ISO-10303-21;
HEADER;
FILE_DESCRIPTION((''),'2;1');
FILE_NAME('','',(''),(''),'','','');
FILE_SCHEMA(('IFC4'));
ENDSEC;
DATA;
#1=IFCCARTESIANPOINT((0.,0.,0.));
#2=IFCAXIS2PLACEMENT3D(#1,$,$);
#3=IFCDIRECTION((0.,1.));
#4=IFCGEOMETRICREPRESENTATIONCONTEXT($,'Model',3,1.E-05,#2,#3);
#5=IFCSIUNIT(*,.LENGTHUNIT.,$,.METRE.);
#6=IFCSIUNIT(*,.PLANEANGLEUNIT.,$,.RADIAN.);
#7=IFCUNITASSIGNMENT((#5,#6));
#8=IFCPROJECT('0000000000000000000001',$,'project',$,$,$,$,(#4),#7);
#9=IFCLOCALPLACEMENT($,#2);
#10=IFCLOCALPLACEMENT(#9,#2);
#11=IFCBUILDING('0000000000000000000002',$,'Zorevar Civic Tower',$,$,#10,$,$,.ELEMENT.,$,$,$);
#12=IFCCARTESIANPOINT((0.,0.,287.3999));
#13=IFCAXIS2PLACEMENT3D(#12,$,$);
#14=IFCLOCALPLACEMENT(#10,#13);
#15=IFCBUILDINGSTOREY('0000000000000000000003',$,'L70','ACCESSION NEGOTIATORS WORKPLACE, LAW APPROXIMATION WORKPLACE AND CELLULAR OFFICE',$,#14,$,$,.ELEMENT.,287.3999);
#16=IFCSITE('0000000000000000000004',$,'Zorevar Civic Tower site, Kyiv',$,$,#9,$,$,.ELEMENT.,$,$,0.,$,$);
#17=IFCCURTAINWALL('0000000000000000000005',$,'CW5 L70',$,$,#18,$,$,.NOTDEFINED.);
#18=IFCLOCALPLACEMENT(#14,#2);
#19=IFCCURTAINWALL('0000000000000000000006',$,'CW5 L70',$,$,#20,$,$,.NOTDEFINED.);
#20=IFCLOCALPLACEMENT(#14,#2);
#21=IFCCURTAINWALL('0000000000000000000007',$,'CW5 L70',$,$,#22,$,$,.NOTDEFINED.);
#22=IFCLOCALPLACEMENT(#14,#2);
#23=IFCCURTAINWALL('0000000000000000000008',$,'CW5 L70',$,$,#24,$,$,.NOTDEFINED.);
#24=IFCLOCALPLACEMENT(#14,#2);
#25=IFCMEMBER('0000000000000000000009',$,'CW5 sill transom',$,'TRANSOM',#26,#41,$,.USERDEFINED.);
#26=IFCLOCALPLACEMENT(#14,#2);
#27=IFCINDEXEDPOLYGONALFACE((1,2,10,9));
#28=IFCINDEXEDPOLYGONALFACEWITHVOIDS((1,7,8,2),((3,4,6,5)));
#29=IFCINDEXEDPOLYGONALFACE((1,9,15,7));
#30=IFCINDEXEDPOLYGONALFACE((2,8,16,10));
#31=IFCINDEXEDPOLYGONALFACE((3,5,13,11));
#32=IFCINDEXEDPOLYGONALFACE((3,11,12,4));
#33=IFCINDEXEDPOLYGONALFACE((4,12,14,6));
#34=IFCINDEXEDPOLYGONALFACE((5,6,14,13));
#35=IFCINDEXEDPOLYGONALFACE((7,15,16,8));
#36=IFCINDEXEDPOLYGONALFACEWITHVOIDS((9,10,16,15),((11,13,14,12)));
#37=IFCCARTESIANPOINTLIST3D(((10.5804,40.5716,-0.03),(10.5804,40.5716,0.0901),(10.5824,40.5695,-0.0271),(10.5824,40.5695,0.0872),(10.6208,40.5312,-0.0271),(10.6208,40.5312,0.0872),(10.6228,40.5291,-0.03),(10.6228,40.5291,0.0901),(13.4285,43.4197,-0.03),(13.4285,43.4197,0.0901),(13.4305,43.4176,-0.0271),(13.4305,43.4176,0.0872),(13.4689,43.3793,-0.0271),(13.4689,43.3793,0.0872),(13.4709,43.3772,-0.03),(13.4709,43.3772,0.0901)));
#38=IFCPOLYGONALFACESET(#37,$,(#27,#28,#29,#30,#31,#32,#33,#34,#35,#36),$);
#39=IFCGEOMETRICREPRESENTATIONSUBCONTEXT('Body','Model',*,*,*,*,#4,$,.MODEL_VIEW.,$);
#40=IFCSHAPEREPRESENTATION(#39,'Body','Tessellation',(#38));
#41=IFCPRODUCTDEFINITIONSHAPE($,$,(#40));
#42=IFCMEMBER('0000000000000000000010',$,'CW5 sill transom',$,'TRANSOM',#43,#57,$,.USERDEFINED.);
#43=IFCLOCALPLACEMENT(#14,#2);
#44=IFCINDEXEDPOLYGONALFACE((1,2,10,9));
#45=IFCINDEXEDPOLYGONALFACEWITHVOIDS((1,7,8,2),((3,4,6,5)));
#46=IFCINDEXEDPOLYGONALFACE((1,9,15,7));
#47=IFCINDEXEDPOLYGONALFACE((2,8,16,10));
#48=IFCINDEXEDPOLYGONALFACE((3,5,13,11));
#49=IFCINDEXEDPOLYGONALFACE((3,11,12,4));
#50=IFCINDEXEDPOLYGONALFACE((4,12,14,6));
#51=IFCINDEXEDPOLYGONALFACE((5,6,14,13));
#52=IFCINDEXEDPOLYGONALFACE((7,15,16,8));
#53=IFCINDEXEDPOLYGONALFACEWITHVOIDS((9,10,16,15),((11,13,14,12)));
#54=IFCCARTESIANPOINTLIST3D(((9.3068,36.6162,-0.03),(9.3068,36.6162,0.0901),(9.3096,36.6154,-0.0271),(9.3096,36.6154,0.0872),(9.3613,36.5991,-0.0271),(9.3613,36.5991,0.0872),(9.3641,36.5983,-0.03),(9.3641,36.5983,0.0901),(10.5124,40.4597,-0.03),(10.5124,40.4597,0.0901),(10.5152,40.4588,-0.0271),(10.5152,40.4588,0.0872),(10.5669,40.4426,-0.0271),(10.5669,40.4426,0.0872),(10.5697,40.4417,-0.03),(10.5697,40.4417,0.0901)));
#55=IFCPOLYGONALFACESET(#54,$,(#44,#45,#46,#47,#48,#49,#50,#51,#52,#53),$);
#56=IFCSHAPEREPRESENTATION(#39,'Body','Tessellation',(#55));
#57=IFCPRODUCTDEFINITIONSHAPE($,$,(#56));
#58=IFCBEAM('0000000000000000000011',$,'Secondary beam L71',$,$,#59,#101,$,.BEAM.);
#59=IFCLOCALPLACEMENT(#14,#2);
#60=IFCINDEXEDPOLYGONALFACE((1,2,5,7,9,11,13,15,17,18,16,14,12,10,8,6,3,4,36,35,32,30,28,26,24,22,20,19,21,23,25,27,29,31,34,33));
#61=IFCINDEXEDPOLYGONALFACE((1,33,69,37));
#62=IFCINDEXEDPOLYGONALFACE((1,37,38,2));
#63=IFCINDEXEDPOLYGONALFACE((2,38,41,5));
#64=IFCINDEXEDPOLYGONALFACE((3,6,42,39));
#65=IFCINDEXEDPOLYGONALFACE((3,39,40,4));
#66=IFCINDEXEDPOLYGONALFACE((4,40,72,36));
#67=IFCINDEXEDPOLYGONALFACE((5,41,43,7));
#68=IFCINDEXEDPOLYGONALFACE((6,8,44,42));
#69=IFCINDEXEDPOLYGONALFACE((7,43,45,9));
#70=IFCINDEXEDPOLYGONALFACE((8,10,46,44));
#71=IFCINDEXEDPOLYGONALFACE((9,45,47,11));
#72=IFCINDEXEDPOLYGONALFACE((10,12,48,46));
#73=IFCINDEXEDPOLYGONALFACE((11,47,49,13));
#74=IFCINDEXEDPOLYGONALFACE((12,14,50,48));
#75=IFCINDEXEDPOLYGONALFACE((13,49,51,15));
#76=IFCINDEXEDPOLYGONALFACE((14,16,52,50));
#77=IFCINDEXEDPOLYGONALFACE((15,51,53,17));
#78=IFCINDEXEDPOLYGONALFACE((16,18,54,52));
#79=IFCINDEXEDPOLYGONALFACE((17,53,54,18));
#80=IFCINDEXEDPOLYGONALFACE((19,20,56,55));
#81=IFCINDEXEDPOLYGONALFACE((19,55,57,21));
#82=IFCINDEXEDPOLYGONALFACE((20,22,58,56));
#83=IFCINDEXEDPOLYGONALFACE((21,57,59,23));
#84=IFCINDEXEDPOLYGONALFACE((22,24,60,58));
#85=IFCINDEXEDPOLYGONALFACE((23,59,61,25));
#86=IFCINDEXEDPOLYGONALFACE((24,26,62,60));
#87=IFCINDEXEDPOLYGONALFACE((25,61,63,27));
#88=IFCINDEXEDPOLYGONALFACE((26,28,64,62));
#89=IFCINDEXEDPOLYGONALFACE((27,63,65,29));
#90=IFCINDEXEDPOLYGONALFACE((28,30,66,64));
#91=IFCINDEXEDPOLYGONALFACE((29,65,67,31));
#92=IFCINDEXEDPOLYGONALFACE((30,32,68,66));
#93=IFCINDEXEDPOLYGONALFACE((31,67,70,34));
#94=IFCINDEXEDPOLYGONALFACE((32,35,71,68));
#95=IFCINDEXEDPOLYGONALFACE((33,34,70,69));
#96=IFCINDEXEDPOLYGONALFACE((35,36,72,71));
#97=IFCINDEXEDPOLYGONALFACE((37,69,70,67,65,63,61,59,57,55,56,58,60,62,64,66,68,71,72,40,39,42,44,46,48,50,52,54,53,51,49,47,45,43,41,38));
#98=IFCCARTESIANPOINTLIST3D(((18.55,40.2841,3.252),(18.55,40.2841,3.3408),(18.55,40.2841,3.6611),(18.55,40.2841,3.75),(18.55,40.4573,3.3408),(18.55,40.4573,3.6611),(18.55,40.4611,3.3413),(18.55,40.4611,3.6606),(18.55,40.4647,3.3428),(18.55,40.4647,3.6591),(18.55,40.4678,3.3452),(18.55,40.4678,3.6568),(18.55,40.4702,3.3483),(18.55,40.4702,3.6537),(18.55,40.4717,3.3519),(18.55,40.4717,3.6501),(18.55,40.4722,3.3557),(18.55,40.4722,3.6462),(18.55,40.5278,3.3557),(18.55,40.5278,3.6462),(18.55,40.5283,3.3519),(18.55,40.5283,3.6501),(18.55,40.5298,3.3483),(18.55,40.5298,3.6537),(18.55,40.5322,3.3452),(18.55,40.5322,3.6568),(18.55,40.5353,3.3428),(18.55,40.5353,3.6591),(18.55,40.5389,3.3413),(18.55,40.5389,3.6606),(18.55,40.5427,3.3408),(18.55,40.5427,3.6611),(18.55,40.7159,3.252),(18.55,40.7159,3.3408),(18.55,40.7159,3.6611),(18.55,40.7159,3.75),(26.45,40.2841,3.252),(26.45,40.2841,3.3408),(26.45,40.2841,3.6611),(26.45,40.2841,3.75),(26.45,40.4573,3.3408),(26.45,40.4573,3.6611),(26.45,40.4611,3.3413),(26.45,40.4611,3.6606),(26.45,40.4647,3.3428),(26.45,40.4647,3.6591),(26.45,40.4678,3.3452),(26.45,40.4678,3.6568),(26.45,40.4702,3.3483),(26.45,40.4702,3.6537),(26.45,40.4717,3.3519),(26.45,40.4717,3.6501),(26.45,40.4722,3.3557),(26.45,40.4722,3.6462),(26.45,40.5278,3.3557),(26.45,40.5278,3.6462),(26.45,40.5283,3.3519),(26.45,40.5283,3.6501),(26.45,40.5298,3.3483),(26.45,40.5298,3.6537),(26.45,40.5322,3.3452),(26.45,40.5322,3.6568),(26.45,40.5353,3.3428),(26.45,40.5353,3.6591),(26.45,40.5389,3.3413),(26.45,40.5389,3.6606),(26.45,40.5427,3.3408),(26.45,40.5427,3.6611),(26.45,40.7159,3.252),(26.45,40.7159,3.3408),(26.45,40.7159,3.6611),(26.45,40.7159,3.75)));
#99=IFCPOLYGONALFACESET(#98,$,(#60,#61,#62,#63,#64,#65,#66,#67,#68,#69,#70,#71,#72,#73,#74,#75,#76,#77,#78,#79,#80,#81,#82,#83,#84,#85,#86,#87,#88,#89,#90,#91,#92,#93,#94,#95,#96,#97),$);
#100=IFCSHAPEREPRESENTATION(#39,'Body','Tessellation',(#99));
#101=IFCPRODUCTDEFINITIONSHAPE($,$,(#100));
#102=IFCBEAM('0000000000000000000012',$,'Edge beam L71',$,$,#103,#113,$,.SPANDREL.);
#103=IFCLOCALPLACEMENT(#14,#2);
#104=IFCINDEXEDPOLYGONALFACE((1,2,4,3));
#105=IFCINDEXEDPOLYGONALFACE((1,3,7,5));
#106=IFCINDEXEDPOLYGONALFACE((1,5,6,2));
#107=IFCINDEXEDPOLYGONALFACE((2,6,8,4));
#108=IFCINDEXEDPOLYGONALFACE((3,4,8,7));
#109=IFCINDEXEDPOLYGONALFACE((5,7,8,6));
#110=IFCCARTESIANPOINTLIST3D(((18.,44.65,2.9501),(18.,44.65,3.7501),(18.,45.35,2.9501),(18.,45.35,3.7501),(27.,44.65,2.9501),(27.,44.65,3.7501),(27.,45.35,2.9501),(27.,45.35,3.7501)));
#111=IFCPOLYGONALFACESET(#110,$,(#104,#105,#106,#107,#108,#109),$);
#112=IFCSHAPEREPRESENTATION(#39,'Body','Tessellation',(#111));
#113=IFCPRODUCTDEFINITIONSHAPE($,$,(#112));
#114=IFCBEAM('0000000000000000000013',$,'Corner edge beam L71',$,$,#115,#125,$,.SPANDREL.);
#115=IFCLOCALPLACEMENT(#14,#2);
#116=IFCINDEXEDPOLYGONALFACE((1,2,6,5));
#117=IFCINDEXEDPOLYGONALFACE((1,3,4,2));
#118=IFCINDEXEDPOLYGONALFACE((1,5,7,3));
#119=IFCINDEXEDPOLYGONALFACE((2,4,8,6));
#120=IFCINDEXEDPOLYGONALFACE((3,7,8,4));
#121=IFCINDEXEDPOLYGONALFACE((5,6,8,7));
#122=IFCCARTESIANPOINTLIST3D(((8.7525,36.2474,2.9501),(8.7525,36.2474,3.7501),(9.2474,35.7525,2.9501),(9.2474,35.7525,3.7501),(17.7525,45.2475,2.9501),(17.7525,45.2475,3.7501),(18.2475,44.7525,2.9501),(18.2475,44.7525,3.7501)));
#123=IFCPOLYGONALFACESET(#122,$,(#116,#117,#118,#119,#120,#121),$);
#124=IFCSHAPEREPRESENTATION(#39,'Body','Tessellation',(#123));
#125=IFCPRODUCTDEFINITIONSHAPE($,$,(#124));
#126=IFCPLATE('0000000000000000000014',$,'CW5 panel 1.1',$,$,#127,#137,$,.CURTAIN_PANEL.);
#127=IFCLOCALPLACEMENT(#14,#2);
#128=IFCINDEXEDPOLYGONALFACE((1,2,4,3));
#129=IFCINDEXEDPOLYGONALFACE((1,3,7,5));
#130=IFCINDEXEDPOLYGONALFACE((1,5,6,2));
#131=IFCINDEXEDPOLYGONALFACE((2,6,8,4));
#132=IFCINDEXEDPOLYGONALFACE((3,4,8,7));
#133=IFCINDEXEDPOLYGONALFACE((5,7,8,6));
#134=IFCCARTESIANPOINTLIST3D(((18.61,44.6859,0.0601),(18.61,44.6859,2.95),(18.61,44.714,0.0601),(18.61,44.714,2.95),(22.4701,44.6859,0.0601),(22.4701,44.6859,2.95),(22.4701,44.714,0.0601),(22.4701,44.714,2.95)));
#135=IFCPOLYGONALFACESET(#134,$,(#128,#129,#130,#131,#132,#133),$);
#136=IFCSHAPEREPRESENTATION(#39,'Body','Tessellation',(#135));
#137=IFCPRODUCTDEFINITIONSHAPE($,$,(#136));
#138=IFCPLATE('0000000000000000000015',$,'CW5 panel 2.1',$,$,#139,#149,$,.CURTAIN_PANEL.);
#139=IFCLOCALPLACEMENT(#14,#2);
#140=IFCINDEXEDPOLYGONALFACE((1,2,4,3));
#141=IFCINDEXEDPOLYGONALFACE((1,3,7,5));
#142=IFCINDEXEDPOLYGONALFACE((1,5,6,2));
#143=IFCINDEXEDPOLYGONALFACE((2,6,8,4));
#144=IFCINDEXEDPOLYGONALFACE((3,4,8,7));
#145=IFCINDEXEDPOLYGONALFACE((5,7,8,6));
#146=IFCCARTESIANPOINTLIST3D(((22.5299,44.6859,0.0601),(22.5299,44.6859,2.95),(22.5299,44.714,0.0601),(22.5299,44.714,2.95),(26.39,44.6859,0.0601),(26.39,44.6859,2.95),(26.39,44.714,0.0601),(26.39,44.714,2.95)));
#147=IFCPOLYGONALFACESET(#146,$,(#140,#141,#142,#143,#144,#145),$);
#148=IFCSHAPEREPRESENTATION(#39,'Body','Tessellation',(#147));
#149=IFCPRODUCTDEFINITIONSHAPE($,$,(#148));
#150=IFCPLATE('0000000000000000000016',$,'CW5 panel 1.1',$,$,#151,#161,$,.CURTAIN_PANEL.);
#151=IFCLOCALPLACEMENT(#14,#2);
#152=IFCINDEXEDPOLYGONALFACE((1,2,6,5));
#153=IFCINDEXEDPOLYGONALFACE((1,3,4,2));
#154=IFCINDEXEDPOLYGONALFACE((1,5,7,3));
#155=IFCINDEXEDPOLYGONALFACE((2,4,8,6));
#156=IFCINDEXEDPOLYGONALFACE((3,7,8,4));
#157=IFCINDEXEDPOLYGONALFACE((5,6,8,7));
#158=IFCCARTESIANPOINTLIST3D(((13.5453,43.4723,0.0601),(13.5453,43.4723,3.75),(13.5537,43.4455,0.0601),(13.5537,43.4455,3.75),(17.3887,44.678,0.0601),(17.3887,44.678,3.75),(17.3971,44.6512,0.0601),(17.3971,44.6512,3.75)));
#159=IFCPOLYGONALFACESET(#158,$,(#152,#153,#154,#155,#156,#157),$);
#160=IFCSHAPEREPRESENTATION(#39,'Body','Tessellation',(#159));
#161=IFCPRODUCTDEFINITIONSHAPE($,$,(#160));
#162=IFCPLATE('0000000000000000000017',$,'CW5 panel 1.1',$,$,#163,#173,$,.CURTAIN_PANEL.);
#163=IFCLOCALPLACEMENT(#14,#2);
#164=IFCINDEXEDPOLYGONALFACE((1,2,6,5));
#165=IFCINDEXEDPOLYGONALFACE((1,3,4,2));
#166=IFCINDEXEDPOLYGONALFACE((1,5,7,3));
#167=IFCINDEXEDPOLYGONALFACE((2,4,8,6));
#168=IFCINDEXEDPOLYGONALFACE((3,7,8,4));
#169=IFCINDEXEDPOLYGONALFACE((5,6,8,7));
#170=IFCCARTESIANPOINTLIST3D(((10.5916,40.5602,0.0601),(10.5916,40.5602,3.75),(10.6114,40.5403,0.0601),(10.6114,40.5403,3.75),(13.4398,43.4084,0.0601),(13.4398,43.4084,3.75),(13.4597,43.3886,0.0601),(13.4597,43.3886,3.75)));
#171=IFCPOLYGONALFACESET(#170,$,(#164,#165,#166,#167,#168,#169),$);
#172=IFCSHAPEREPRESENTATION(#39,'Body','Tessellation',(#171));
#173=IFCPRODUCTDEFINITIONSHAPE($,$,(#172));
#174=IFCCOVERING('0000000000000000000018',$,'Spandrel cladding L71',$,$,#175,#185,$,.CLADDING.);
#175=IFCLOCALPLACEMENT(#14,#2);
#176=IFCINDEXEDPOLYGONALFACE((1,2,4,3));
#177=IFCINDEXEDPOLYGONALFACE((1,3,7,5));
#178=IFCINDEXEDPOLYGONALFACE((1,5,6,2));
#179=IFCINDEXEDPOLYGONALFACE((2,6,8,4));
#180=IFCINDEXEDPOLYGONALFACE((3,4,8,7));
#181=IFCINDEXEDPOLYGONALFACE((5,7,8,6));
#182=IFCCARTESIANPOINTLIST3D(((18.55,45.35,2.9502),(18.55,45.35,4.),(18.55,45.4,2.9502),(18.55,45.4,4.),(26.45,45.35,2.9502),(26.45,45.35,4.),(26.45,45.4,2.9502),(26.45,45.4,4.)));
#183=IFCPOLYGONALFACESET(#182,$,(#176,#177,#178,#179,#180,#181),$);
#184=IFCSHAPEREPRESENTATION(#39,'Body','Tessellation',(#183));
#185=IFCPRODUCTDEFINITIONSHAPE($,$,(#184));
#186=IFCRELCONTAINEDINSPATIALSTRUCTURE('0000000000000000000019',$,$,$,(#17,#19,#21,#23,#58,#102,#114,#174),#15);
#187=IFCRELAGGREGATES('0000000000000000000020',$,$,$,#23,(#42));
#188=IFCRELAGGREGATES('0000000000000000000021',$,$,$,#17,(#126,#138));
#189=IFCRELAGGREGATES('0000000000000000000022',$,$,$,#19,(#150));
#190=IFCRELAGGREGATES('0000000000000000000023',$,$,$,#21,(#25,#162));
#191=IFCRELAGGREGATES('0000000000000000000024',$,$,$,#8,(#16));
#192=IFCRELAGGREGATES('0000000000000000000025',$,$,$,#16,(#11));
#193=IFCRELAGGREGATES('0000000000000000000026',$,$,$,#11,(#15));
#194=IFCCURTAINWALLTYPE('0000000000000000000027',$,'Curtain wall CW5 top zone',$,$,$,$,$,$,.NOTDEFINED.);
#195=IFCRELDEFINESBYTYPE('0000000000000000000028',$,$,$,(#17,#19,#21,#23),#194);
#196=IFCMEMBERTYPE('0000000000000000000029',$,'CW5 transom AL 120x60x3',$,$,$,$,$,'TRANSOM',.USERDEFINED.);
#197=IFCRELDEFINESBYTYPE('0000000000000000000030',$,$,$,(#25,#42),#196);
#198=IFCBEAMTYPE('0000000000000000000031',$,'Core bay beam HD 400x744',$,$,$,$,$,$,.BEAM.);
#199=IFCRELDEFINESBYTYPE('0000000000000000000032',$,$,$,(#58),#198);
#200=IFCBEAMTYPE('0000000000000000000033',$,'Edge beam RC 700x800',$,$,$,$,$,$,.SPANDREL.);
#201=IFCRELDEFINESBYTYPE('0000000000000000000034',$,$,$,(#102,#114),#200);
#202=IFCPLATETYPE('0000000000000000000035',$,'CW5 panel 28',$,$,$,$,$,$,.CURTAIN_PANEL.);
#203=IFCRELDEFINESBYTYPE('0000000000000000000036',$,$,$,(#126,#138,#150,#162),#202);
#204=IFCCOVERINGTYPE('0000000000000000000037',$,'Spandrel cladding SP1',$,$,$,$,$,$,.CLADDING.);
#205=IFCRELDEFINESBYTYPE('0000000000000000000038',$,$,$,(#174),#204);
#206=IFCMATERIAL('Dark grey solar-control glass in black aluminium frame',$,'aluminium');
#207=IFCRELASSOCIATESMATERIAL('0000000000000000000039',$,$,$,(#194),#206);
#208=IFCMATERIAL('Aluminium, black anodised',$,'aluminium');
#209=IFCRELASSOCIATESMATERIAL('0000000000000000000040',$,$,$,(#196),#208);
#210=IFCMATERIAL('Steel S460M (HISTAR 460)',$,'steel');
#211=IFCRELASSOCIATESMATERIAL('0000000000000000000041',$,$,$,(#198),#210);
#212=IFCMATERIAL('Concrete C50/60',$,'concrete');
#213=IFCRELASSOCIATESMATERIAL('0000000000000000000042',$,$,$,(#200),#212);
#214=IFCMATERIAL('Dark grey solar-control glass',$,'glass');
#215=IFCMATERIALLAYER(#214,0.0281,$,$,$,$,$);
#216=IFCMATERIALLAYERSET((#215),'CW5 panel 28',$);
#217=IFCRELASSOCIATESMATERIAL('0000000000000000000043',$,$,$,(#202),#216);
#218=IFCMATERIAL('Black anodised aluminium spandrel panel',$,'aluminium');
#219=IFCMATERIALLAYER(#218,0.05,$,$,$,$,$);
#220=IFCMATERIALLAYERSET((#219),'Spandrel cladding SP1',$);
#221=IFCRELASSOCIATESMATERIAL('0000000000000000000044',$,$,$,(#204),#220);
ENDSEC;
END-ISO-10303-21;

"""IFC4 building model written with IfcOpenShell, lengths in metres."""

from ifc_helpers import new_model, si_unit, direction, frame, frame_2d, origin, origin_2d, place, context, subcontext, project, spatial, rectangle, hollow_rectangle, i_section, extrude, material, layer, layer_set, material_profile, profile_set, type_object, element, aggregate, save


model = new_model("IFC4")

# Units and contexts
model_context = context("Model", 3, precision=1e-05, world=origin(), true_north=direction((0.0, 1.0)))
body_context = subcontext(model_context, "Body", "Model", "MODEL_VIEW")
ifc_project = project(units=[si_unit("LENGTHUNIT", "METRE"), si_unit("PLANEANGLEUNIT", "RADIAN")], contexts=[model_context])

# Site, building, storey
site_placement = place(None, origin())
site = spatial("IfcSite", under=ifc_project, at=site_placement, Name="Zorevar Civic Tower site, Kyiv", CompositionType="ELEMENT", RefElevation=0.0)
building_placement = place(site_placement, origin())
building = spatial("IfcBuilding", under=site, at=building_placement, Name="Zorevar Civic Tower", CompositionType="ELEMENT")
storey_placement = place(building_placement, frame((0.0, 0.0, 287.3999)))
storey = spatial("IfcBuildingStorey", under=building, at=storey_placement, Name="L70", Description="ACCESSION NEGOTIATORS WORKPLACE, LAW APPROXIMATION WORKPLACE AND CELLULAR OFFICE", CompositionType="ELEMENT", Elevation=287.3999)

# Curtain walls
ifc_material_1 = material(Name="Dark grey solar-control glass in black aluminium frame", Category="aluminium")
curtain_wall_type = type_object("IfcCurtainWallType", Name="Curtain wall CW5 top zone", PredefinedType="NOTDEFINED", material=ifc_material_1)
curtain_wall_1_placement = place(storey_placement, origin())
curtain_wall_1 = element("IfcCurtainWall", 1, at=curtain_wall_1_placement, inside=storey, type_object=curtain_wall_type, Name="CW5 L70", PredefinedType="NOTDEFINED")
curtain_wall_2_placement = place(storey_placement, origin())
curtain_wall_2 = element("IfcCurtainWall", 2, at=curtain_wall_2_placement, inside=storey, type_object=curtain_wall_type, Name="CW5 L70", PredefinedType="NOTDEFINED")
curtain_wall_3_placement = place(storey_placement, origin())
curtain_wall_3 = element("IfcCurtainWall", 3, at=curtain_wall_3_placement, inside=storey, type_object=curtain_wall_type, Name="CW5 L70", PredefinedType="NOTDEFINED")

# Curtain wall
curtain_wall_4_placement = place(storey_placement, origin())
curtain_wall_4 = element("IfcCurtainWall", 4, at=curtain_wall_4_placement, inside=storey, type_object=curtain_wall_type, Name="CW5 L70", PredefinedType="NOTDEFINED")

# Members
ifc_material_2 = material(Name="Aluminium, black anodised", Category="aluminium")
ifc_material_profile_1 = material_profile(ifc_material_2, hollow_rectangle(XDim=0.0601, YDim=0.1201, WallThickness=0.0029, at=origin_2d()), Name="AL 120x60x3")
ifc_profile_set_1 = profile_set([ifc_material_profile_1], Name="Aluminium, black anodised")
member_type_1 = type_object("IfcMemberType", Name="CW5 transom AL 120x60x3", ElementType="TRANSOM", PredefinedType="USERDEFINED", material=ifc_profile_set_1)
member_1_placement = place(storey_placement, frame((13.4497, 43.3984, 0.03), z_axis=(-0.707107, -0.707107, 0.0), x_axis=(0.707107, -0.707107, 0.0)))
member_1 = element("IfcMember", 5, at=member_1_placement, type_object=member_type_1, Name="CW5 sill transom", ObjectType="TRANSOM", PredefinedType="USERDEFINED", context=body_context, shape_type="SweptSolid", body=[
    extrude(hollow_rectangle(XDim=0.0601, YDim=0.1201, WallThickness=0.0029, at=origin_2d()), origin(), (0.0, 0.0, 1.0), 4.0278),
])
member_2_placement = place(storey_placement, frame((10.541, 40.4507, 0.03), z_axis=(-0.299286, -0.954163, 0.0), x_axis=(0.954163, -0.299286, 0.0)))
member_2 = element("IfcMember", 6, at=member_2_placement, type_object=member_type_1, Name="CW5 sill transom", ObjectType="TRANSOM", PredefinedType="USERDEFINED", context=body_context, shape_type="SweptSolid", body=[
    extrude(hollow_rectangle(XDim=0.0601, YDim=0.1201, WallThickness=0.0029, at=origin_2d()), origin(), (0.0, 0.0, 1.0), 4.0281),
])
aggregate(curtain_wall_4, [member_2])

# Beams
ifc_material_3 = material(Name="Steel S460M (HISTAR 460)", Category="steel")
ifc_material_profile_2 = material_profile(ifc_material_3, i_section(OverallWidth=0.4319, OverallDepth=0.498, WebThickness=0.0557, FlangeThickness=0.0889, FilletRadius=0.0149, at=origin_2d()), Name="HD 400x744")
ifc_profile_set_2 = profile_set([ifc_material_profile_2], Name="Steel S460M (HISTAR 460)")
beam_type_1 = type_object("IfcBeamType", Name="Core bay beam HD 400x744", PredefinedType="BEAM", material=ifc_profile_set_2)
beam_1_placement = place(storey_placement, frame((18.55, 40.5, 3.501), z_axis=(1.0, 0.0, 0.0), x_axis=(0.0, 1.0, 0.0)))
element("IfcBeam", 7, at=beam_1_placement, inside=storey, type_object=beam_type_1, Name="Secondary beam L71", PredefinedType="BEAM", context=body_context, shape_type="SweptSolid", body=[
    extrude(i_section(OverallWidth=0.4319, OverallDepth=0.498, WebThickness=0.0557, FlangeThickness=0.0889, FilletRadius=0.0149, at=origin_2d()), origin(), (0.0, 0.0, 1.0), 7.8999),
])
ifc_material_4 = material(Name="Concrete C50/60", Category="concrete")
ifc_material_profile_3 = material_profile(ifc_material_4, rectangle(XDim=0.7, YDim=0.8, at=origin_2d()), Name="RC 700x800")
ifc_profile_set_3 = profile_set([ifc_material_profile_3], Name="Concrete C50/60")
beam_type_2 = type_object("IfcBeamType", Name="Edge beam RC 700x800", PredefinedType="SPANDREL", material=ifc_profile_set_3)
beam_2_placement = place(storey_placement, frame((18.0, 45.0, 3.3501), z_axis=(1.0, 0.0, 0.0), x_axis=(0.0, 1.0, 0.0)))
element("IfcBeam", 8, at=beam_2_placement, inside=storey, type_object=beam_type_2, Name="Edge beam L71", PredefinedType="SPANDREL", context=body_context, shape_type="SweptSolid", body=[
    extrude(rectangle(XDim=0.7, YDim=0.8, at=origin_2d()), origin(), (0.0, 0.0, 1.0), 9.0),
])
beam_3_placement = place(storey_placement, frame((18.0, 45.0, 3.3501), z_axis=(-0.707107, -0.707107, 0.0), x_axis=(0.707107, -0.707107, 0.0)))
element("IfcBeam", 9, at=beam_3_placement, inside=storey, type_object=beam_type_2, Name="Corner edge beam L71", PredefinedType="SPANDREL", context=body_context, shape_type="SweptSolid", body=[
    extrude(rectangle(XDim=0.7, YDim=0.8, at=origin_2d()), origin(), (0.0, 0.0, 1.0), 12.728),
])

# Plates
ifc_material_5 = material(Name="Dark grey solar-control glass", Category="glass")
ifc_layer_1 = layer(ifc_material_5, 0.0281)
ifc_layer_set_1 = layer_set([ifc_layer_1], Name="CW5 panel 28")
plate_type = type_object("IfcPlateType", Name="CW5 panel 28", PredefinedType="CURTAIN_PANEL", material=ifc_layer_set_1)
plate_1_placement = place(storey_placement, frame((20.54, 44.7, 0.0601), z_axis=(0.0, 0.0, 1.0), x_axis=(1.0, 0.0, 0.0)))
plate_1 = element("IfcPlate", 10, at=plate_1_placement, type_object=plate_type, Name="CW5 panel 1.1", PredefinedType="CURTAIN_PANEL", context=body_context, shape_type="SweptSolid", body=[
    extrude(rectangle(XDim=3.8601, YDim=0.0281, at=origin_2d()), origin(), (0.0, 0.0, 1.0), 2.8899),
])
plate_2_placement = place(storey_placement, frame((24.46, 44.7, 0.0601), z_axis=(0.0, 0.0, 1.0), x_axis=(1.0, 0.0, 0.0)))
plate_2 = element("IfcPlate", 11, at=plate_2_placement, type_object=plate_type, Name="CW5 panel 2.1", PredefinedType="CURTAIN_PANEL", context=body_context, shape_type="SweptSolid", body=[
    extrude(rectangle(XDim=3.8601, YDim=0.0281, at=origin_2d()), origin(), (0.0, 0.0, 1.0), 2.8899),
])
aggregate(curtain_wall_1, [plate_1, plate_2])
plate_3_placement = place(storey_placement, frame((15.4712, 44.0618, 0.0601), z_axis=(0.0, 0.0, 1.0), x_axis=(-0.954153, -0.299318, 0.0)))
plate_3 = element("IfcPlate", 12, at=plate_3_placement, type_object=plate_type, Name="CW5 panel 1.1", PredefinedType="CURTAIN_PANEL", context=body_context, shape_type="SweptSolid", body=[
    extrude(rectangle(XDim=4.0281, YDim=0.0281, at=origin_2d()), origin(), (0.0, 0.0, 1.0), 3.6899),
])
aggregate(curtain_wall_2, [plate_3])
plate_4_placement = place(storey_placement, frame((12.0256, 41.9744, 0.0601), z_axis=(0.0, 0.0, 1.0), x_axis=(-0.707107, -0.707107, 0.0)))
plate_4 = element("IfcPlate", 13, at=plate_4_placement, type_object=plate_type, Name="CW5 panel 1.1", PredefinedType="CURTAIN_PANEL", context=body_context, shape_type="SweptSolid", body=[
    extrude(rectangle(XDim=4.0281, YDim=0.0281, at=origin_2d()), origin(), (0.0, 0.0, 1.0), 3.6899),
])
aggregate(curtain_wall_3, [member_1, plate_4])

# Covering
ifc_material_6 = material(Name="Black anodised aluminium spandrel panel", Category="aluminium")
ifc_layer_2 = layer(ifc_material_6, 0.05)
ifc_layer_set_2 = layer_set([ifc_layer_2], Name="Spandrel cladding SP1")
covering_type = type_object("IfcCoveringType", Name="Spandrel cladding SP1", PredefinedType="CLADDING", material=ifc_layer_set_2)
covering_placement = place(storey_placement, frame((18.55, 45.375, 2.9502), z_axis=(0.0, 0.0, 1.0), x_axis=(1.0, 0.0, 0.0)))
element("IfcCovering", 14, at=covering_placement, inside=storey, type_object=covering_type, Name="Spandrel cladding L71", PredefinedType="CLADDING", context=body_context, shape_type="SweptSolid", body=[
    extrude(rectangle(XDim=7.8999, YDim=0.05, at=frame_2d((3.95, 0.0))), origin(), (0.0, 0.0, 1.0), 1.0498),
])

save(model, "model.ifc")
